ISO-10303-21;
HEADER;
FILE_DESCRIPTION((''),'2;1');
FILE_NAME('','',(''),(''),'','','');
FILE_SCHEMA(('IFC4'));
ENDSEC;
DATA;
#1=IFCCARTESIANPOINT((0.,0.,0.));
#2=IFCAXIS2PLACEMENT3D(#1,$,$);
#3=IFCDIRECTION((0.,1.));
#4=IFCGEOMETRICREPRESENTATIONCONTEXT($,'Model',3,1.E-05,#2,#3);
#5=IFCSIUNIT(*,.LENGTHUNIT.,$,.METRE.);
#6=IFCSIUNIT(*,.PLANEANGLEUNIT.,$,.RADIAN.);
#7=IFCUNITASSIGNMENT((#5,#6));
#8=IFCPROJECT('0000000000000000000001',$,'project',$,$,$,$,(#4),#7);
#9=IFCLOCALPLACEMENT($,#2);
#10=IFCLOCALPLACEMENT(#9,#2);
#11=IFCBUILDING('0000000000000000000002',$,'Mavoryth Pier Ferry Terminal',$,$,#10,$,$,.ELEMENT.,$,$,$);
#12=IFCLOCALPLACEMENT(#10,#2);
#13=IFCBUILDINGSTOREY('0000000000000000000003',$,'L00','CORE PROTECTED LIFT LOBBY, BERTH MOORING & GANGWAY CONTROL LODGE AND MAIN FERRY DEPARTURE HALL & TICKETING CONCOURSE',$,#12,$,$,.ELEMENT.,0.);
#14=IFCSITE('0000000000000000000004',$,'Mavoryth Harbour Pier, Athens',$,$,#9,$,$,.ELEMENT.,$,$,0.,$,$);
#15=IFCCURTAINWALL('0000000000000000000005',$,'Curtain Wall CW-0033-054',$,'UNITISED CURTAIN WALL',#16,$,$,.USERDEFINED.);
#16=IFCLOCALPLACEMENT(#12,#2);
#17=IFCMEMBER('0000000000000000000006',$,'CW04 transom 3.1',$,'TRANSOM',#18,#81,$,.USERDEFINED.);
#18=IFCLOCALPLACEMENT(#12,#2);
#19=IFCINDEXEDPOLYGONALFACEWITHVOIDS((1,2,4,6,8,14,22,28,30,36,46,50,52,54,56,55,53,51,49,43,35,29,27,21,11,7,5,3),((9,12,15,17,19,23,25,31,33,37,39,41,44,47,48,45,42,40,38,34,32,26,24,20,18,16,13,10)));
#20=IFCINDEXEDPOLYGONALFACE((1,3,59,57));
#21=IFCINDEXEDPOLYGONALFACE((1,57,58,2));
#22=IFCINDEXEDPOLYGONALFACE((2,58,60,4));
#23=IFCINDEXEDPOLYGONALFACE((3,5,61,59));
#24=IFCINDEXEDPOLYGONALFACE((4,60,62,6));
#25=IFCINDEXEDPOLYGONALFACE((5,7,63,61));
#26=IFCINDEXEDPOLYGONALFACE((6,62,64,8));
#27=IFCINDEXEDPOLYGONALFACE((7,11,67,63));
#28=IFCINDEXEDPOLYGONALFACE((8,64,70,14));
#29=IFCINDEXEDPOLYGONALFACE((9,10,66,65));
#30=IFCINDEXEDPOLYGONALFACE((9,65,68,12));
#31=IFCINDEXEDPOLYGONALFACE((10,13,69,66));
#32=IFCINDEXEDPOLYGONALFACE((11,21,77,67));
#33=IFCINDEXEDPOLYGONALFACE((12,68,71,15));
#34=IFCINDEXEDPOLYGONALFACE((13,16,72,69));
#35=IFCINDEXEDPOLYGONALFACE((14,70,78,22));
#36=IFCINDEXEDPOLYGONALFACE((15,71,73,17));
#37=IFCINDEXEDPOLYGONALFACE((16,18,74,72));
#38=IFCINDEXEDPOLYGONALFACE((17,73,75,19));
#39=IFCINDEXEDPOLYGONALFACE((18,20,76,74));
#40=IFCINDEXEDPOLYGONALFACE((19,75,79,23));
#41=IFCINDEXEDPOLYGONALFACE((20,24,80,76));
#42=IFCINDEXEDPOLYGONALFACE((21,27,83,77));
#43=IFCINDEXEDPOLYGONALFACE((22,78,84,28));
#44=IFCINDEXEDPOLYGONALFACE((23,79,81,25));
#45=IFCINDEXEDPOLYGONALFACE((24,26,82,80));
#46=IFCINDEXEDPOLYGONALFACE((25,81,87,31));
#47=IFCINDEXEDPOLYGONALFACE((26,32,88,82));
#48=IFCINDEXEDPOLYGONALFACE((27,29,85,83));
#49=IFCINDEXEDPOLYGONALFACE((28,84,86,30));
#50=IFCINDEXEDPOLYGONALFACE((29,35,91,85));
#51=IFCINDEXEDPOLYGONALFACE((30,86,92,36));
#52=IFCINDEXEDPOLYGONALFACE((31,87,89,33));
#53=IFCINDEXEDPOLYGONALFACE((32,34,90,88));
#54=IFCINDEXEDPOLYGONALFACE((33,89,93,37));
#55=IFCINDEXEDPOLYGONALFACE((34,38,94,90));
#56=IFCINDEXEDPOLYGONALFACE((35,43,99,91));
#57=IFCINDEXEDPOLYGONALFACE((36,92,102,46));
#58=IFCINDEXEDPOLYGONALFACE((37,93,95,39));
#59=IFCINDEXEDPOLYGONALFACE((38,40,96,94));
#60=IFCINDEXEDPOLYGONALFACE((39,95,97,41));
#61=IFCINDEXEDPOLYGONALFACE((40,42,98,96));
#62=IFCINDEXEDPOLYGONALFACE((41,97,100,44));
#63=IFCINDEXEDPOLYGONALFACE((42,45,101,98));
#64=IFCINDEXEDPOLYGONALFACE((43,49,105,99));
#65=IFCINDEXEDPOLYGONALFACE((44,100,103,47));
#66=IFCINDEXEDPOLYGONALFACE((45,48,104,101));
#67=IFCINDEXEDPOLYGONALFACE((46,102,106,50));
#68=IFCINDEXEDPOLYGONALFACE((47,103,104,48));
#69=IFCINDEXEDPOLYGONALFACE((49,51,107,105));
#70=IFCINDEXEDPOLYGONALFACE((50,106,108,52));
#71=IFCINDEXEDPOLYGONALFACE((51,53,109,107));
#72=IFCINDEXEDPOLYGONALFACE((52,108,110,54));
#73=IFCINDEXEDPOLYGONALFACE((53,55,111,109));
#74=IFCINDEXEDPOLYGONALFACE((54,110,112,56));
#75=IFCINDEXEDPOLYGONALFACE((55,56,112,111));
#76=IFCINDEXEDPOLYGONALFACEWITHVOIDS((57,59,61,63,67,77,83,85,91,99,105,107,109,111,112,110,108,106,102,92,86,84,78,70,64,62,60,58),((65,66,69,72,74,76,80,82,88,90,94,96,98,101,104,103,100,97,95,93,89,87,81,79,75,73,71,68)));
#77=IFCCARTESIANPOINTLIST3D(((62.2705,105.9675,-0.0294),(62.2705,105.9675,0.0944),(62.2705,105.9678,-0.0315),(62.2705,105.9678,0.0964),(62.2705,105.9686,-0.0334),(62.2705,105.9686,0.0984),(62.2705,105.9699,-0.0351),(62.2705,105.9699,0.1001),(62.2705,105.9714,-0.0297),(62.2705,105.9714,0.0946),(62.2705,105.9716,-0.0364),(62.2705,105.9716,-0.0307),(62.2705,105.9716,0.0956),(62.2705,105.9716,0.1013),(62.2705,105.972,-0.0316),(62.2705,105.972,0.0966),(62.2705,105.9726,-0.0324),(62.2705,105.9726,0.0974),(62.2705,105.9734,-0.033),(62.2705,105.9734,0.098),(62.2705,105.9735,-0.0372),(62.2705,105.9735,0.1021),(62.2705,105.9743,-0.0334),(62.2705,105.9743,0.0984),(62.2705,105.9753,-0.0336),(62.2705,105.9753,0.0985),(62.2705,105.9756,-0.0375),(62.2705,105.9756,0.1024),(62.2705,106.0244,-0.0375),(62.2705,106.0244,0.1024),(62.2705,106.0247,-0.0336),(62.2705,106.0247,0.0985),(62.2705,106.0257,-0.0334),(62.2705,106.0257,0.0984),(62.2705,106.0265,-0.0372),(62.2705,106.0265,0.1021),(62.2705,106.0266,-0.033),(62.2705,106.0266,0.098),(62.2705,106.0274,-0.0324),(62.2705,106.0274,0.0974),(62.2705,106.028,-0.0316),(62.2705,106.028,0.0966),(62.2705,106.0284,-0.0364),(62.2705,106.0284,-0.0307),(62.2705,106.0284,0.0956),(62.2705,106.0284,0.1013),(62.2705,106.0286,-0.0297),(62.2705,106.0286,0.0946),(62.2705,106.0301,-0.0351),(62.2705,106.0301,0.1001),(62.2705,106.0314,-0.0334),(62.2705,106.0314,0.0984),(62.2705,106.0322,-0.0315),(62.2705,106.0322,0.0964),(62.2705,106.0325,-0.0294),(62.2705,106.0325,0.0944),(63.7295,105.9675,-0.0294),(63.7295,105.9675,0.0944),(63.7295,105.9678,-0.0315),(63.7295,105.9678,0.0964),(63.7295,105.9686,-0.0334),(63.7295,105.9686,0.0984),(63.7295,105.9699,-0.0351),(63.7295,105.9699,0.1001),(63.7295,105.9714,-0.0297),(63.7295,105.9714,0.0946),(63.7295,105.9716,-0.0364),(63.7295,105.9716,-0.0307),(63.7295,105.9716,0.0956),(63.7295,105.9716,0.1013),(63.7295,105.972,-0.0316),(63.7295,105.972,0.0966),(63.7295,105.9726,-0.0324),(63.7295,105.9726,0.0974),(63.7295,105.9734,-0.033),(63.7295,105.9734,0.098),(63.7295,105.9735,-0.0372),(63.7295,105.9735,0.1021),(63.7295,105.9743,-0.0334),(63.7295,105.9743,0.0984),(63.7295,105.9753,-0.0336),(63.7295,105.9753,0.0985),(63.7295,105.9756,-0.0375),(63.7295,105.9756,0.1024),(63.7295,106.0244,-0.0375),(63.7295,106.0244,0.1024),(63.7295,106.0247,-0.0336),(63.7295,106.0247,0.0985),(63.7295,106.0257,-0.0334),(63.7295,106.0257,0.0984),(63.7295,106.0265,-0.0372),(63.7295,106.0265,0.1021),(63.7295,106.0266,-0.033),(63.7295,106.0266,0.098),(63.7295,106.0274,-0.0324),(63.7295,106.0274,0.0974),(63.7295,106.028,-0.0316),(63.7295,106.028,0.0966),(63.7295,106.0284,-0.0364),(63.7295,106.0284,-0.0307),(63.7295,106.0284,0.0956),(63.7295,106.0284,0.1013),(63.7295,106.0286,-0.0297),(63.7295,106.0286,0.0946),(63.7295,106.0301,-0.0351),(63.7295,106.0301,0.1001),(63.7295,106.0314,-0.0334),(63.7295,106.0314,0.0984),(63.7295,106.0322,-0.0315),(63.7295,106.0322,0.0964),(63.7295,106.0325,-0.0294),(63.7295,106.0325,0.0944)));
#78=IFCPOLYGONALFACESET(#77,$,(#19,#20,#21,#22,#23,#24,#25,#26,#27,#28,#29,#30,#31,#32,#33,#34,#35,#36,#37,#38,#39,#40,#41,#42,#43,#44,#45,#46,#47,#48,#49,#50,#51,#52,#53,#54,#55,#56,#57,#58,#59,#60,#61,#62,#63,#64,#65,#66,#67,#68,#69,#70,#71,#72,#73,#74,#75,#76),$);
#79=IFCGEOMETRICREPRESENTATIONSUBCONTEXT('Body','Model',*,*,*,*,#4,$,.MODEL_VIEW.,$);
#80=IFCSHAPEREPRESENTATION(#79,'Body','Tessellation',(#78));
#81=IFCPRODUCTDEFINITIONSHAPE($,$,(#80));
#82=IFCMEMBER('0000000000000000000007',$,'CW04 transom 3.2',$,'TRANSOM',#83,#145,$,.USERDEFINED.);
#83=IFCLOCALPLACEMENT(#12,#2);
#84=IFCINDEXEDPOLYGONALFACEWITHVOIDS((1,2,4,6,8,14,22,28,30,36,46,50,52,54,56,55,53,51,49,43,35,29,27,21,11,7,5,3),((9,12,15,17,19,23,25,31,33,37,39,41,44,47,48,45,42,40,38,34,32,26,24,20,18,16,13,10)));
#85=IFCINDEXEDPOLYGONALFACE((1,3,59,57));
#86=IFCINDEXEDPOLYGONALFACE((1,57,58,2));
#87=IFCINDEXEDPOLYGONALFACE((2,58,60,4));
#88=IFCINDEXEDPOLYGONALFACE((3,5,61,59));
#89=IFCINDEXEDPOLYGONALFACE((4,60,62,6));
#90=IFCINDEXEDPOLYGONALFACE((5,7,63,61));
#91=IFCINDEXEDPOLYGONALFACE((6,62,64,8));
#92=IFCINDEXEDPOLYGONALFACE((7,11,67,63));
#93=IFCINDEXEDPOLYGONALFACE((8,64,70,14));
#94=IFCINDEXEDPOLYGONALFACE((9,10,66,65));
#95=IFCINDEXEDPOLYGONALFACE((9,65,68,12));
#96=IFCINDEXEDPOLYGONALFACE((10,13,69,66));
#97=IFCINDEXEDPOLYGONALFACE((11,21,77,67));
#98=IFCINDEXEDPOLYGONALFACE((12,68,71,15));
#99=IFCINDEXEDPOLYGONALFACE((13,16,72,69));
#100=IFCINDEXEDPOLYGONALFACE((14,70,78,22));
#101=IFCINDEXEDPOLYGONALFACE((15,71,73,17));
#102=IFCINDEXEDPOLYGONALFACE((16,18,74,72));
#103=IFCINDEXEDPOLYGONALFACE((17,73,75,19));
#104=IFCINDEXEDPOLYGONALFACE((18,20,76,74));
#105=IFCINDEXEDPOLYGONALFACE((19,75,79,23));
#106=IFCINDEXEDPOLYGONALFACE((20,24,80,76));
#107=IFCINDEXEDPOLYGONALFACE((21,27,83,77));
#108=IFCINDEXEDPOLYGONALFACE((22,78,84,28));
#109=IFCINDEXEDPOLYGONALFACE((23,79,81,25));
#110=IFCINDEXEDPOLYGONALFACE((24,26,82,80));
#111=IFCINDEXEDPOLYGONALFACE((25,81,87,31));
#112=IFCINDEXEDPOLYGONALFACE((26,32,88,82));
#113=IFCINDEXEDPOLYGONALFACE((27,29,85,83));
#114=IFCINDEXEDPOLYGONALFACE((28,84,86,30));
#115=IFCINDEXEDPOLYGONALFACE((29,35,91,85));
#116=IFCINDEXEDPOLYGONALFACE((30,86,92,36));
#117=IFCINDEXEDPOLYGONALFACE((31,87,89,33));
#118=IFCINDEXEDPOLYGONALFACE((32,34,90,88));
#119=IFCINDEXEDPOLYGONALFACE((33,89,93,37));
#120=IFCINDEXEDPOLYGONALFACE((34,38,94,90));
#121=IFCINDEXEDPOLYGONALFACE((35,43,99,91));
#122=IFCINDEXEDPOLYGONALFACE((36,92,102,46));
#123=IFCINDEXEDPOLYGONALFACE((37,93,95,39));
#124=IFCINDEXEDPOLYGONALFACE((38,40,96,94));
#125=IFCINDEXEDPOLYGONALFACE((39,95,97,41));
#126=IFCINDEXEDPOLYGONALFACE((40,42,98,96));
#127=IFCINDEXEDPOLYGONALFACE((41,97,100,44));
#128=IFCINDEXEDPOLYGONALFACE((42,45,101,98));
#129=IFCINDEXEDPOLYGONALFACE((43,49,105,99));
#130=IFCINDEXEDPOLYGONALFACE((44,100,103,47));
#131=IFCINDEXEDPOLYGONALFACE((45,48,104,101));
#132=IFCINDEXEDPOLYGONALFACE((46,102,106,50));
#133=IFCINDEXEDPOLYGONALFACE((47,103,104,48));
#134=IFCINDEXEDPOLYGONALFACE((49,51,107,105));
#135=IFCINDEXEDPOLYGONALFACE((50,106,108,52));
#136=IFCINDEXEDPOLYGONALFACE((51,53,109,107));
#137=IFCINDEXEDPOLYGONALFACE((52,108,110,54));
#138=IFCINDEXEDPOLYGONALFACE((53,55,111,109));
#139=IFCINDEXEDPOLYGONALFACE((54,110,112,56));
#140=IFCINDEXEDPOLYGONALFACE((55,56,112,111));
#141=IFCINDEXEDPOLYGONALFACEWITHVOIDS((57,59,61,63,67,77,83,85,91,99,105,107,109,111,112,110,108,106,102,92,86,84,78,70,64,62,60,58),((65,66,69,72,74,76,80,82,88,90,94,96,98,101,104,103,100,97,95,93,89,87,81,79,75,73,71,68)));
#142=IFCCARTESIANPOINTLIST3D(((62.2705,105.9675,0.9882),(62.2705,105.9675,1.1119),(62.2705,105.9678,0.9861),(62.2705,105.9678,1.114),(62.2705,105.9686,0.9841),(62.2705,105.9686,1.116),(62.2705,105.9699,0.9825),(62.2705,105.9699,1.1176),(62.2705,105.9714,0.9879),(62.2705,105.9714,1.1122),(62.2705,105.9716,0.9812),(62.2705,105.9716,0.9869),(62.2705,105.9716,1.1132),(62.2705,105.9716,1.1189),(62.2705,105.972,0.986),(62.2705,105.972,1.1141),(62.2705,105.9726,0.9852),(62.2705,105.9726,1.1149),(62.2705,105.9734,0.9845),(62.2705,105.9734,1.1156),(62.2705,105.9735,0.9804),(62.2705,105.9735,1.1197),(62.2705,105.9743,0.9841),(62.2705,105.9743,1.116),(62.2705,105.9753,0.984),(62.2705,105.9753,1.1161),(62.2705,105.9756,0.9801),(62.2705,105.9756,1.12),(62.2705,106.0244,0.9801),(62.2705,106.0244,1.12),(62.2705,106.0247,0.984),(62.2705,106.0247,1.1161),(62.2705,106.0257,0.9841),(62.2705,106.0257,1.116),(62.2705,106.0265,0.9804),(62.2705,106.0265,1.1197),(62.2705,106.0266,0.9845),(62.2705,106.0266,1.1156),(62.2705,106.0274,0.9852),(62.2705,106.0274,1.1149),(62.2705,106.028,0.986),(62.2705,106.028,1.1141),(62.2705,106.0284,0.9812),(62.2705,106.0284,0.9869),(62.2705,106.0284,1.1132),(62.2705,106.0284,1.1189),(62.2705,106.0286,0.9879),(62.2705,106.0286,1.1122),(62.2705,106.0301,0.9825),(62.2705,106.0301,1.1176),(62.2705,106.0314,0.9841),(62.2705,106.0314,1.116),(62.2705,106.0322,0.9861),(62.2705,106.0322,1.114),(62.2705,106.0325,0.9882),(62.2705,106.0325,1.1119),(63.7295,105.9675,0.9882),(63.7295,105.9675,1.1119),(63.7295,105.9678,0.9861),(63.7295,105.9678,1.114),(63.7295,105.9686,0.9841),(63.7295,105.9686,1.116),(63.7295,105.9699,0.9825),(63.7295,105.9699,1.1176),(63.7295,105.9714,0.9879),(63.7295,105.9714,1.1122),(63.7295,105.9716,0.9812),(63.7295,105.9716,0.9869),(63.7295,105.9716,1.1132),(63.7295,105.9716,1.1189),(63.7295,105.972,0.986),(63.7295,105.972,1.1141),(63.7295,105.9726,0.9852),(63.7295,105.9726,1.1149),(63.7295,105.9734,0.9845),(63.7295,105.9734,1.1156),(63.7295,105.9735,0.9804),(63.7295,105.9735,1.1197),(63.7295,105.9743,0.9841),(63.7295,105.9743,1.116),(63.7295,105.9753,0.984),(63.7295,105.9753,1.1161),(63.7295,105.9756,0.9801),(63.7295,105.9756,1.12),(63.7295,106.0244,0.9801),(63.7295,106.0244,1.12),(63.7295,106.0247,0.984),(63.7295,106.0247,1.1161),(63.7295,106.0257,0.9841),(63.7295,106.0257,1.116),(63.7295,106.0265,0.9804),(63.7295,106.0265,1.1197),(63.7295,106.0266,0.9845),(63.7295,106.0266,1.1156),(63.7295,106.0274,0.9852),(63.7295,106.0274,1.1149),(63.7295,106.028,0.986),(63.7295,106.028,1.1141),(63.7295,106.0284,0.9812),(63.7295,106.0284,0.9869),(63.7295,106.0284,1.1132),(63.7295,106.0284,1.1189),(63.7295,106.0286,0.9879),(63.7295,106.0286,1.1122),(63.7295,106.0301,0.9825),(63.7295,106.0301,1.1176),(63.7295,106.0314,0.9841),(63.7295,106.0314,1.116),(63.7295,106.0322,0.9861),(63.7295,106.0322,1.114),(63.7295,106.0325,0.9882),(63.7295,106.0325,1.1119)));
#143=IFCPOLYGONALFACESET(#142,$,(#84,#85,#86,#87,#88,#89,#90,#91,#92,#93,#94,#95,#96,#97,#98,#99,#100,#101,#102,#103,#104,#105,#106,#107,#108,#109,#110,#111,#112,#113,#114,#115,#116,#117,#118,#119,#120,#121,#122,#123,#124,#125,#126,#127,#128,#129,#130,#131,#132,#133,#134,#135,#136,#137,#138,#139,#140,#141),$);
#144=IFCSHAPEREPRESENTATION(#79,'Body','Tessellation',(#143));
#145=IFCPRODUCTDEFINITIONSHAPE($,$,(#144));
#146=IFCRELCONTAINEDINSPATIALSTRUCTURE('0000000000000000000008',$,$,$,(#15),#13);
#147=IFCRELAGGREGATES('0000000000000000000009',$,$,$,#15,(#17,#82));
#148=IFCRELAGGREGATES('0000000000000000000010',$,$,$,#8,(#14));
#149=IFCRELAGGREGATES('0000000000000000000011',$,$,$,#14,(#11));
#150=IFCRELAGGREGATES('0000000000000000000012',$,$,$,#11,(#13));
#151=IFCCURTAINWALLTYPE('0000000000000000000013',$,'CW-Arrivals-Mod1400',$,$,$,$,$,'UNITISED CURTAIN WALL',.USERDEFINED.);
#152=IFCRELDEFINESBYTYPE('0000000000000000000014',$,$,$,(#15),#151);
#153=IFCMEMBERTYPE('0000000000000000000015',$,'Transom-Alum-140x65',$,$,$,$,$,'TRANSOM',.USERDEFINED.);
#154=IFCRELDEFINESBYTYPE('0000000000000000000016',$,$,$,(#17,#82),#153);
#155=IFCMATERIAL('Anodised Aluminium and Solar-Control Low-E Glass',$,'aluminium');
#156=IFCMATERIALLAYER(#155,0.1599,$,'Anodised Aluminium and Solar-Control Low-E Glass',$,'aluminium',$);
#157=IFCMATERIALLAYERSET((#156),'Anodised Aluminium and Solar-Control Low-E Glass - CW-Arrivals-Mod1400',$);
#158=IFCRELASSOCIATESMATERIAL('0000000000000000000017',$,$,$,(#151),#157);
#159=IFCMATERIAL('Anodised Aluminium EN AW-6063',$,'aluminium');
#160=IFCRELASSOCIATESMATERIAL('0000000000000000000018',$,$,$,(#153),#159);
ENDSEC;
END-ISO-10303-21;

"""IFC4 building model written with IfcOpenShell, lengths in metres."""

from ifc_helpers import new_model, si_unit, direction, frame, origin, origin_2d, place, context, subcontext, project, spatial, hollow_rectangle, extrude, material, layer, layer_set, material_profile, profile_set, type_object, element, aggregate, save


model = new_model("IFC4")

# Units and contexts
model_context = context("Model", 3, precision=1e-05, world=origin(), true_north=direction((0.0, 1.0)))
body_context = subcontext(model_context, "Body", "Model", "MODEL_VIEW")
ifc_project = project(units=[si_unit("LENGTHUNIT", "METRE"), si_unit("PLANEANGLEUNIT", "RADIAN")], contexts=[model_context])

# Site, building, storey
site_placement = place(None, origin())
site = spatial("IfcSite", under=ifc_project, at=site_placement, Name="Mavoryth Harbour Pier, Athens", CompositionType="ELEMENT", RefElevation=0.0)
building_placement = place(site_placement, origin())
building = spatial("IfcBuilding", under=site, at=building_placement, Name="Mavoryth Pier Ferry Terminal", CompositionType="ELEMENT")
storey_placement = place(building_placement, origin())
storey = spatial("IfcBuildingStorey", under=building, at=storey_placement, Name="L00", Description="CORE PROTECTED LIFT LOBBY, BERTH MOORING & GANGWAY CONTROL LODGE AND MAIN FERRY DEPARTURE HALL & TICKETING CONCOURSE", CompositionType="ELEMENT", Elevation=0.0)

# Curtain wall, members
ifc_material_1 = material(Name="Anodised Aluminium and Solar-Control Low-E Glass", Category="aluminium")
ifc_layer_1 = layer(ifc_material_1, 0.1599, Name="Anodised Aluminium and Solar-Control Low-E Glass", Category="aluminium")
ifc_layer_set_1 = layer_set([ifc_layer_1], Name="Anodised Aluminium and Solar-Control Low-E Glass - CW-Arrivals-Mod1400")
curtain_wall_type = type_object("IfcCurtainWallType", Name="CW-Arrivals-Mod1400", ElementType="UNITISED CURTAIN WALL", PredefinedType="USERDEFINED", material=ifc_layer_set_1)
curtain_wall_placement = place(storey_placement, origin())
curtain_wall = element("IfcCurtainWall", 1, at=curtain_wall_placement, inside=storey, type_object=curtain_wall_type, Name="Curtain Wall CW-0033-054", ObjectType="UNITISED CURTAIN WALL", PredefinedType="USERDEFINED")
ifc_material_2 = material(Name="Anodised Aluminium EN AW-6063", Category="aluminium")
ifc_material_profile_1 = material_profile(ifc_material_2, hollow_rectangle(XDim=0.0649, YDim=0.1399, WallThickness=0.0039, InnerFilletRadius=0.0039, OuterFilletRadius=0.0081, at=origin_2d()), Name="AL-TRAN 140x65x4", Category="aluminium")
ifc_profile_set_1 = profile_set([ifc_material_profile_1], Name="Anodised Aluminium EN AW-6063 - AL-TRAN 140x65x4")
member_type_1 = type_object("IfcMemberType", Name="Transom-Alum-140x65", ElementType="TRANSOM", PredefinedType="USERDEFINED", material=ifc_profile_set_1)
member_1_placement = place(storey_placement, frame((63.7295, 106.0, 0.0325), z_axis=(-1.0, 0.0, 0.0), x_axis=(0.0, -1.0, 0.0)))
member_1 = element("IfcMember", 2, at=member_1_placement, type_object=member_type_1, Name="CW04 transom 3.1", ObjectType="TRANSOM", PredefinedType="USERDEFINED", context=body_context, shape_type="SweptSolid", body=[
    extrude(hollow_rectangle(XDim=0.0649, YDim=0.1399, WallThickness=0.0039, InnerFilletRadius=0.0039, OuterFilletRadius=0.0081, at=origin_2d()), origin(), (0.0, 0.0, 1.0), 1.459),
])
member_2_placement = place(storey_placement, frame((63.7295, 106.0, 1.05), z_axis=(-1.0, 0.0, 0.0), x_axis=(0.0, -1.0, 0.0)))
member_2 = element("IfcMember", 3, at=member_2_placement, type_object=member_type_1, Name="CW04 transom 3.2", ObjectType="TRANSOM", PredefinedType="USERDEFINED", context=body_context, shape_type="SweptSolid", body=[
    extrude(hollow_rectangle(XDim=0.0649, YDim=0.1399, WallThickness=0.0039, InnerFilletRadius=0.0039, OuterFilletRadius=0.0081, at=origin_2d()), origin(), (0.0, 0.0, 1.0), 1.459),
])
aggregate(curtain_wall, [member_1, member_2])

save(model, "model.ifc")
